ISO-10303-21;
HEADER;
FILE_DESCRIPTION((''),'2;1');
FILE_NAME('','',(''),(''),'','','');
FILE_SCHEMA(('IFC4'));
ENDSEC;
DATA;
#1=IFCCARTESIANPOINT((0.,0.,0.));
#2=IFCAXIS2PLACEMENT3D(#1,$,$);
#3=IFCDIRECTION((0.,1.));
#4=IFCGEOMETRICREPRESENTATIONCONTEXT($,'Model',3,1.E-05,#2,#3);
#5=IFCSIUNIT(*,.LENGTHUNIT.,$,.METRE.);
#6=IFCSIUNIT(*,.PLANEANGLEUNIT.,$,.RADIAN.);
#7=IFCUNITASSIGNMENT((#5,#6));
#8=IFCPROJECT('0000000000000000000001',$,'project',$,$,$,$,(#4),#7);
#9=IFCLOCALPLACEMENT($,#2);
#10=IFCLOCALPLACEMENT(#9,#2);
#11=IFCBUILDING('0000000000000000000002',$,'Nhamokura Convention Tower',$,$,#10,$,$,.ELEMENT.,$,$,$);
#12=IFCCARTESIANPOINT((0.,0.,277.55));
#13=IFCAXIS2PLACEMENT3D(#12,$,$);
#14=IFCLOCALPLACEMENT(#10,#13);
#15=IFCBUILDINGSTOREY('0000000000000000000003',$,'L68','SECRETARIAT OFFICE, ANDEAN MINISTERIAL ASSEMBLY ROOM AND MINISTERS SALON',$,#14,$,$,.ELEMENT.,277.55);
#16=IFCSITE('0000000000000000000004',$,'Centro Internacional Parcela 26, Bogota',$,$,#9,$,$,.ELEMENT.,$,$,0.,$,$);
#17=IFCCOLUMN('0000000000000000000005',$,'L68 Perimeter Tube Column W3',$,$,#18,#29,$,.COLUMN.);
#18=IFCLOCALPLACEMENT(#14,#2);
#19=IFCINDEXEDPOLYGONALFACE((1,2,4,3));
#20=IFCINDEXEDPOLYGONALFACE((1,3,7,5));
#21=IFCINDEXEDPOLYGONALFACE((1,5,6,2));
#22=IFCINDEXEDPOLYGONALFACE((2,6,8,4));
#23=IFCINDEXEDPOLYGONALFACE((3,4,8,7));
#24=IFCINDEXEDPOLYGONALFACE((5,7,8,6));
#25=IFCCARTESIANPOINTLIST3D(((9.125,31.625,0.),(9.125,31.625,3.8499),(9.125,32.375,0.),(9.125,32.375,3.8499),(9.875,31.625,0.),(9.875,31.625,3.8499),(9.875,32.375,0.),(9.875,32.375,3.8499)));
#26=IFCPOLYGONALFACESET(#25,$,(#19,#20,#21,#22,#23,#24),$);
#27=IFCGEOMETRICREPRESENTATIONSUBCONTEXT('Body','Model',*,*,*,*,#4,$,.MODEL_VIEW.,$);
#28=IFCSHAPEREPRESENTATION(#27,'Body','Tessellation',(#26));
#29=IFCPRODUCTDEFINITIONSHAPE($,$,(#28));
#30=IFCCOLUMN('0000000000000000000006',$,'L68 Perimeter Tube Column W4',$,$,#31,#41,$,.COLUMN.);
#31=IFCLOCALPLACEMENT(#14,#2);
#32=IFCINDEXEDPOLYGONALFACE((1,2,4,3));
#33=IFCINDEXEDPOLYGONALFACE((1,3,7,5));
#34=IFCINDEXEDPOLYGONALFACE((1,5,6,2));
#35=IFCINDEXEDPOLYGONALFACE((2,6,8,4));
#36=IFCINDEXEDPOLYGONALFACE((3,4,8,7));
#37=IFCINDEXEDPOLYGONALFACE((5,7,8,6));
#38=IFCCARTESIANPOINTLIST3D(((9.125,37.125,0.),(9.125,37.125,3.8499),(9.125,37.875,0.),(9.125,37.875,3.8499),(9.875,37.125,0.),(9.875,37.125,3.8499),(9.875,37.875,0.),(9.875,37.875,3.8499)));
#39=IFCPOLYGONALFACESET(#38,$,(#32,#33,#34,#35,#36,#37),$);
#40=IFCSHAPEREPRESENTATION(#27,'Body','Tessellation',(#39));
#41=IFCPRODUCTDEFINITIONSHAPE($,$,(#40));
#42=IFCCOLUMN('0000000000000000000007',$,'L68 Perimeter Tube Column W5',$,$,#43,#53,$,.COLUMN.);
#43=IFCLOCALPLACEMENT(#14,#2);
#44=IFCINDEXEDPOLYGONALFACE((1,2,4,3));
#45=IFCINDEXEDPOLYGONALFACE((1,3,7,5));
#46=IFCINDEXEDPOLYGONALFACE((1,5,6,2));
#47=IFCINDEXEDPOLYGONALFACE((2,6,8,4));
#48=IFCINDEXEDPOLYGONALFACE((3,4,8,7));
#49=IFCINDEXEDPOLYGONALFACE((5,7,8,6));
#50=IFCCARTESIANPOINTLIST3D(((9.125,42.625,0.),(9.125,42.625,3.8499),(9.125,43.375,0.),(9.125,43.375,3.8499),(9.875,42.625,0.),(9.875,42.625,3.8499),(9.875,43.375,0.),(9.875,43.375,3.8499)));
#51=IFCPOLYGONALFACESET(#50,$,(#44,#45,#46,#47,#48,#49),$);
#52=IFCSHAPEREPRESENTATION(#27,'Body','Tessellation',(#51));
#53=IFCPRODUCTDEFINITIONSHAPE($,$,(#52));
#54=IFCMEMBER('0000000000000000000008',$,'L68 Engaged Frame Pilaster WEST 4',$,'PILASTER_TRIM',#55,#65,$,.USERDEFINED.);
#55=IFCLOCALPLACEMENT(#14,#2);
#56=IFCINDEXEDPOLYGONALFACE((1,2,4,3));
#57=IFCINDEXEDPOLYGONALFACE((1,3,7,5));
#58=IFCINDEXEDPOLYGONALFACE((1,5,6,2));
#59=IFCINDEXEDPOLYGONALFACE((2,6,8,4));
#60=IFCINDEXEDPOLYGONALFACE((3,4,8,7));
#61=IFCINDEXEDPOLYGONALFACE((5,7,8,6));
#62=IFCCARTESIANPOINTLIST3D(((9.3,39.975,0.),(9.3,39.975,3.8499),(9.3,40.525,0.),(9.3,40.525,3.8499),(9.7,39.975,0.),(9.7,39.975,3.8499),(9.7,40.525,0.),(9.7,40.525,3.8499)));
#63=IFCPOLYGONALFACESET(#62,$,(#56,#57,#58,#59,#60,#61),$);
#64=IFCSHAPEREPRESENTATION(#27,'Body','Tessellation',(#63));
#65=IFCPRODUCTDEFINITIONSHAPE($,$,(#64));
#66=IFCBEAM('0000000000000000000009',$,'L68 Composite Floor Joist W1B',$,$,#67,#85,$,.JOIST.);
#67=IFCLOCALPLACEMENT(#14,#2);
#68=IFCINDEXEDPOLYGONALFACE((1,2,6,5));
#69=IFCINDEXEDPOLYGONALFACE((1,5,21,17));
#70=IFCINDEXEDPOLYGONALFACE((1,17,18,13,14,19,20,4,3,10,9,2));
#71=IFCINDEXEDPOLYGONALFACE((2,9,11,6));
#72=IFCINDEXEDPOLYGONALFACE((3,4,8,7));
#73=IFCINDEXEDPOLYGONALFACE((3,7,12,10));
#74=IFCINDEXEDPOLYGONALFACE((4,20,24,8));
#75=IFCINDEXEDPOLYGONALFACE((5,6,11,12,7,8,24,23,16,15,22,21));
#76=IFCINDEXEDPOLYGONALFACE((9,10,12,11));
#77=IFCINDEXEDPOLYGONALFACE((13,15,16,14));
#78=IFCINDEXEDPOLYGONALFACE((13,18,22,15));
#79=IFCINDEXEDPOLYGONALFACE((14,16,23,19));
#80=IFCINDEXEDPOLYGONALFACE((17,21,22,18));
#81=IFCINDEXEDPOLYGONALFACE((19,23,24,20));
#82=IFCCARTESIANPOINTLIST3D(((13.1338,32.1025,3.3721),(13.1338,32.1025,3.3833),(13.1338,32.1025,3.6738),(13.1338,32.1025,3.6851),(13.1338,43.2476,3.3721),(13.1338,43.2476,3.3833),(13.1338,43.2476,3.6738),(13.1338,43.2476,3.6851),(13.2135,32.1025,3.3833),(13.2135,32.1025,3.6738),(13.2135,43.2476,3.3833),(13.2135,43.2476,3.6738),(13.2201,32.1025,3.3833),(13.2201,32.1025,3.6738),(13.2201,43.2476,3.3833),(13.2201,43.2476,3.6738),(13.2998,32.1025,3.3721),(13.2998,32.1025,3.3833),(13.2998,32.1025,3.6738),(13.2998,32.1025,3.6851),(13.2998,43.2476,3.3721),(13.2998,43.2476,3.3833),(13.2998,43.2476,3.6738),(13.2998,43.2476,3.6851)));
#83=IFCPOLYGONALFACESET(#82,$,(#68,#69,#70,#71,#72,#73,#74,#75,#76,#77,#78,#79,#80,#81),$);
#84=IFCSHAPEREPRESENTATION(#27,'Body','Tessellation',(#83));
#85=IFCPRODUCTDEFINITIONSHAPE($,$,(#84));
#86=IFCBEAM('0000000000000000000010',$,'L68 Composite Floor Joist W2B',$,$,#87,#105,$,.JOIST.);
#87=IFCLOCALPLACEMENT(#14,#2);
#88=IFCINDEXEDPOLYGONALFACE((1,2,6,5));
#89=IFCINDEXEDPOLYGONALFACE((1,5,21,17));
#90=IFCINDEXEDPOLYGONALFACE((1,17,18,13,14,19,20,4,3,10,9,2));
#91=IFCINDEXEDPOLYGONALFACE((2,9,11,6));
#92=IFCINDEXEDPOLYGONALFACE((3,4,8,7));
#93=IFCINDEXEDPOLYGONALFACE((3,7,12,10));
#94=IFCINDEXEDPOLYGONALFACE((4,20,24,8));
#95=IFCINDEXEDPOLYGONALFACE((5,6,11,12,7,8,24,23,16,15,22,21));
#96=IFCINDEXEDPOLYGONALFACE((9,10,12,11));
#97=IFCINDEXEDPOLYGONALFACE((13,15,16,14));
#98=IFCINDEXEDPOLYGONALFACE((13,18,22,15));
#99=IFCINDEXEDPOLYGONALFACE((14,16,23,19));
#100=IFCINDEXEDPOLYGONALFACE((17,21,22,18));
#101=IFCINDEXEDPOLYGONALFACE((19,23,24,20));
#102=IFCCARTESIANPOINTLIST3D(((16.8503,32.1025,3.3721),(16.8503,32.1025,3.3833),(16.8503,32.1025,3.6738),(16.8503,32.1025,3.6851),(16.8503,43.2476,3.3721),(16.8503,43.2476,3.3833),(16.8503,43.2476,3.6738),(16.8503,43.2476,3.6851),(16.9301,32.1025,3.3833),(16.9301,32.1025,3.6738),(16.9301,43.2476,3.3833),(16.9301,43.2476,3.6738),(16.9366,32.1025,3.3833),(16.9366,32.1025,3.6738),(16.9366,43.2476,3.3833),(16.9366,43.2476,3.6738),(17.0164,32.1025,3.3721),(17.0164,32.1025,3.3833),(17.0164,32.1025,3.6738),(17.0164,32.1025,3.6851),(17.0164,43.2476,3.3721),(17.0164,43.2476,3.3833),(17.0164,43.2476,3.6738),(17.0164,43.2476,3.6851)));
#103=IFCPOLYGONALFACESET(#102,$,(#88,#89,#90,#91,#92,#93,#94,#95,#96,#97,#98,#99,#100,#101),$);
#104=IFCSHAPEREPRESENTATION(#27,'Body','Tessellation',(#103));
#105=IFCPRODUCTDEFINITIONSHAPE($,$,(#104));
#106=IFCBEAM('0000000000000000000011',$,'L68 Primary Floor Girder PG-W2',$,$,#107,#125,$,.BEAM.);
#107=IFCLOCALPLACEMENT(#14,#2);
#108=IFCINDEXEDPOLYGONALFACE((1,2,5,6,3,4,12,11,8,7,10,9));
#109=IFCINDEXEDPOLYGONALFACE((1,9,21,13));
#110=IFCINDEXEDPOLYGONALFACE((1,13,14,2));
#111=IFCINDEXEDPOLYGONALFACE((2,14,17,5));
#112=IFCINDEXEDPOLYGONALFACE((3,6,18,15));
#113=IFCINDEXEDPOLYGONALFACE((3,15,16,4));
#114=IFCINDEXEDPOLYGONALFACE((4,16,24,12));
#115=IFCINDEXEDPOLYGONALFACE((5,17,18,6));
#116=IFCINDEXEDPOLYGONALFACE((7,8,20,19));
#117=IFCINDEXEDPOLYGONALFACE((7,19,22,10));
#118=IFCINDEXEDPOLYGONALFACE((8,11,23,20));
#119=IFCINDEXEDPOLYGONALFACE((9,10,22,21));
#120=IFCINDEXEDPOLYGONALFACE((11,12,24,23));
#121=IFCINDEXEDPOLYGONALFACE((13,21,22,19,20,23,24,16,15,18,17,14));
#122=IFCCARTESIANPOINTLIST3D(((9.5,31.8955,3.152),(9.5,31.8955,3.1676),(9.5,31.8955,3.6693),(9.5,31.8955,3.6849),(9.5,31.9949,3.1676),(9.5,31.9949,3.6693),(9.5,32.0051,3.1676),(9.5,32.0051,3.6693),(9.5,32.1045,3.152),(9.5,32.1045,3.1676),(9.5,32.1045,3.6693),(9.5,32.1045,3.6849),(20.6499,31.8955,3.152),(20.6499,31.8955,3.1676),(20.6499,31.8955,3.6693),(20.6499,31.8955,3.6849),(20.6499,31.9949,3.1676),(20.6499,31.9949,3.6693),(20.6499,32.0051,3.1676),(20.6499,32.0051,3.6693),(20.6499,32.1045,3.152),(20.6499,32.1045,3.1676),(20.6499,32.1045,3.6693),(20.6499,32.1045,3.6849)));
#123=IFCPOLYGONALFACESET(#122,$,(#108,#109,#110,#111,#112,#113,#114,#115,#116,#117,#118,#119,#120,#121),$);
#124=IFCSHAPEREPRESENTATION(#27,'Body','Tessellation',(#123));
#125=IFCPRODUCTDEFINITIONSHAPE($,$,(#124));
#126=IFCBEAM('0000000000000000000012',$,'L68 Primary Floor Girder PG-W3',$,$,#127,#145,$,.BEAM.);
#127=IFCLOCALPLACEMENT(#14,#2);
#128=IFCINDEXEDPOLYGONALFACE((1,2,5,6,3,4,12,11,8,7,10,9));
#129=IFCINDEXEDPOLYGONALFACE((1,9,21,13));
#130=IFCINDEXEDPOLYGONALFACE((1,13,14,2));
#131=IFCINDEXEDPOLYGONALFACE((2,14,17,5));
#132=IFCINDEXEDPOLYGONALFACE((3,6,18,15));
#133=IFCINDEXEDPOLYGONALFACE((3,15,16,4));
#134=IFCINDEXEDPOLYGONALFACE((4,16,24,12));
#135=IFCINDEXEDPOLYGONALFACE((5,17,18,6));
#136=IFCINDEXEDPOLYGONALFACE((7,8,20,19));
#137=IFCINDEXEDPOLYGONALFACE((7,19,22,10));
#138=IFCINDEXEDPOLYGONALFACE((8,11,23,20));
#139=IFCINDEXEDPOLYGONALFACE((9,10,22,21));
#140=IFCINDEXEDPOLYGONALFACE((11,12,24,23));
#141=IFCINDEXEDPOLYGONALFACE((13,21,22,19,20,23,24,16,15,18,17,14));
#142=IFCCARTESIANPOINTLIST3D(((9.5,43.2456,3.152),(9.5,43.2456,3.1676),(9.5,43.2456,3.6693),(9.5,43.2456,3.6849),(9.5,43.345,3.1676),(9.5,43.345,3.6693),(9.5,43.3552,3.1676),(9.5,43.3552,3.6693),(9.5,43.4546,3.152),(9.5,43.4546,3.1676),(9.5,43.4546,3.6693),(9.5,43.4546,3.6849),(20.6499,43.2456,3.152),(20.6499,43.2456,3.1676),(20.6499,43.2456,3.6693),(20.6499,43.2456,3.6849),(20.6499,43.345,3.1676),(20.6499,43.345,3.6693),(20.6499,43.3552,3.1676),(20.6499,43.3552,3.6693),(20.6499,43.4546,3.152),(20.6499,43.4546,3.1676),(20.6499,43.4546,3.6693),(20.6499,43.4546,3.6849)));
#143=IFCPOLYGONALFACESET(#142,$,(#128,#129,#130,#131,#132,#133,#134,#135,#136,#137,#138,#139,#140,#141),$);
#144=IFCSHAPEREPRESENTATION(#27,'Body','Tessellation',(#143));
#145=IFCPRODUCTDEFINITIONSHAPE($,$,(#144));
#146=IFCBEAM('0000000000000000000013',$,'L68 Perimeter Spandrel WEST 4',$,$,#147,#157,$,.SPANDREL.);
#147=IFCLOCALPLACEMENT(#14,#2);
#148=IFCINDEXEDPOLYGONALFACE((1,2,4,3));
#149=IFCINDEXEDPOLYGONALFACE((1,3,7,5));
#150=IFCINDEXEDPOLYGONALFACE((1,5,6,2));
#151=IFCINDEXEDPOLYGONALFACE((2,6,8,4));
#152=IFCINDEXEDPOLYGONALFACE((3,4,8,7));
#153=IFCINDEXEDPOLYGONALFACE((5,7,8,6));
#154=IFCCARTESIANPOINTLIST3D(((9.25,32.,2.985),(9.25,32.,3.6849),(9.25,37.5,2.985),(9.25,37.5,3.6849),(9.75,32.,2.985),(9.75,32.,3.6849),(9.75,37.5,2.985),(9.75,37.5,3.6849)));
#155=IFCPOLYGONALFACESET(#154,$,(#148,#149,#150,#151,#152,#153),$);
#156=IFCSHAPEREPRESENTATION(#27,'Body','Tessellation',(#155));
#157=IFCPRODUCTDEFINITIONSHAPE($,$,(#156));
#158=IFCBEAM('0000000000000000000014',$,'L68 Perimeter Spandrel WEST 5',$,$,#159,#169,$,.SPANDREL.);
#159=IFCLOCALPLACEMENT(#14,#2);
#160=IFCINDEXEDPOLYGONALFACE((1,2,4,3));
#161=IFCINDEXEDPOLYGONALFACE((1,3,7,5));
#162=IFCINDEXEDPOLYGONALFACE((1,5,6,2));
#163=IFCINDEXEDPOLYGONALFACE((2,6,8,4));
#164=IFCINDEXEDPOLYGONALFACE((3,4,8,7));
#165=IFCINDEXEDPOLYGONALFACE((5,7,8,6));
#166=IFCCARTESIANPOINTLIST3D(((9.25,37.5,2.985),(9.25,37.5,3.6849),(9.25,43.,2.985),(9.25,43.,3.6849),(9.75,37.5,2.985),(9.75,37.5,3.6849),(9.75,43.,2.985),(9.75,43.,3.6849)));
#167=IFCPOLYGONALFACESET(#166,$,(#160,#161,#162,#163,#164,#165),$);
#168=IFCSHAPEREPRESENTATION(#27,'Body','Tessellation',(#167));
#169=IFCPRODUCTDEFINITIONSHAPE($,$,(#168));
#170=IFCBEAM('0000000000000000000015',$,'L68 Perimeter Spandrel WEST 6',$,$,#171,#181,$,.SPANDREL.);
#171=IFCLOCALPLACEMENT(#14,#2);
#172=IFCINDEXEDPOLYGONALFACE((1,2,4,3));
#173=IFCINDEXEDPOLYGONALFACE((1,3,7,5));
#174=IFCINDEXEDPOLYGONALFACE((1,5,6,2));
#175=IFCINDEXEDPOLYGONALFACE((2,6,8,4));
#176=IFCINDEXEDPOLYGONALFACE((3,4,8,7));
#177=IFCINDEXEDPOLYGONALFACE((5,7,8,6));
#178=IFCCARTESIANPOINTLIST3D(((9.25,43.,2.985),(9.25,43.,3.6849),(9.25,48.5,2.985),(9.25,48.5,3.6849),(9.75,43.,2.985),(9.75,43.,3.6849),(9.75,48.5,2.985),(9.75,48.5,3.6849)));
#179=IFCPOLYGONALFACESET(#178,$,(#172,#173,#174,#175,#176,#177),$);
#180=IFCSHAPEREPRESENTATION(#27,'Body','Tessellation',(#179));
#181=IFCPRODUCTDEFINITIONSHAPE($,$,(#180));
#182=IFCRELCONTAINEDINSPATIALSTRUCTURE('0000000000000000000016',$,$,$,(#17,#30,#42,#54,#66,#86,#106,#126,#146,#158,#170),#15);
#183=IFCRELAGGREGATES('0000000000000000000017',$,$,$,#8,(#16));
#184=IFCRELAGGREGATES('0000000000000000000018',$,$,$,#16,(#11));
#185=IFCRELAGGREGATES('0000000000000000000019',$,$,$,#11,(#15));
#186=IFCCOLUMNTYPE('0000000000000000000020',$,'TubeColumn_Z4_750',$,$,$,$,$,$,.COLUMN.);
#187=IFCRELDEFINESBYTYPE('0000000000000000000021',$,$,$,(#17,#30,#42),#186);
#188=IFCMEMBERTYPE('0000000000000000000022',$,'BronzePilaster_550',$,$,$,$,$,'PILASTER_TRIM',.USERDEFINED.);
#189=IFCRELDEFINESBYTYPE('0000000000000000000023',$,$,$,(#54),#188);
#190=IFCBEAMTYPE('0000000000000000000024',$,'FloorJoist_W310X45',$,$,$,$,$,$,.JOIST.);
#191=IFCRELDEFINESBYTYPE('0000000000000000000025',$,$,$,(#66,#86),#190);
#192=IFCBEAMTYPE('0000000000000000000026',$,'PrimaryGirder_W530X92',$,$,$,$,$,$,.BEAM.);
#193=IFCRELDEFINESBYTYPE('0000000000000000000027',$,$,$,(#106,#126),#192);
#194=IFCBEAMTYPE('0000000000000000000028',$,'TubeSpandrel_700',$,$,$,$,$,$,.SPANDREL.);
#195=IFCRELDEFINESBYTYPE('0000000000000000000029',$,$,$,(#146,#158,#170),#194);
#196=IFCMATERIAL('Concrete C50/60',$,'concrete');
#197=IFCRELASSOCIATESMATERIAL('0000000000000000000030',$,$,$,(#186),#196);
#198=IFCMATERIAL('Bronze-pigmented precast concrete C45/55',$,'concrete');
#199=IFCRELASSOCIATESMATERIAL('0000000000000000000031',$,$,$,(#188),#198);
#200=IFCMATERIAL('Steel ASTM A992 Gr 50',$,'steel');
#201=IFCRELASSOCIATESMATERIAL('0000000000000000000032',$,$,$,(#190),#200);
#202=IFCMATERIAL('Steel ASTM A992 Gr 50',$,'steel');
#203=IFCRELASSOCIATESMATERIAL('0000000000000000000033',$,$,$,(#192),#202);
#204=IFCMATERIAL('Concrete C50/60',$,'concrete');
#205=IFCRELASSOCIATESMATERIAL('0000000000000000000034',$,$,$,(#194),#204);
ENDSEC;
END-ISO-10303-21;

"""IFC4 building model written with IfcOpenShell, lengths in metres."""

from ifc_helpers import new_model, si_unit, direction, frame, origin, origin_2d, place, context, subcontext, project, spatial, rectangle, i_section, extrude, material, material_profile, profile_set, type_object, element, save


model = new_model("IFC4")

# Units and contexts
model_context = context("Model", 3, precision=1e-05, world=origin(), true_north=direction((0.0, 1.0)))
body_context = subcontext(model_context, "Body", "Model", "MODEL_VIEW")
ifc_project = project(units=[si_unit("LENGTHUNIT", "METRE"), si_unit("PLANEANGLEUNIT", "RADIAN")], contexts=[model_context])

# Site, building, storey
site_placement = place(None, origin())
site = spatial("IfcSite", under=ifc_project, at=site_placement, Name="Centro Internacional Parcela 26, Bogota", CompositionType="ELEMENT", RefElevation=0.0)
building_placement = place(site_placement, origin())
building = spatial("IfcBuilding", under=site, at=building_placement, Name="Nhamokura Convention Tower", CompositionType="ELEMENT")
storey_placement = place(building_placement, frame((0.0, 0.0, 277.55)))
storey = spatial("IfcBuildingStorey", under=building, at=storey_placement, Name="L68", Description="SECRETARIAT OFFICE, ANDEAN MINISTERIAL ASSEMBLY ROOM AND MINISTERS SALON", CompositionType="ELEMENT", Elevation=277.55)

# Columns
ifc_material_1 = material(Name="Concrete C50/60", Category="concrete")
ifc_material_profile_1 = material_profile(ifc_material_1, rectangle(XDim=0.75, YDim=0.75, at=origin_2d()))
ifc_profile_set_1 = profile_set([ifc_material_profile_1], Name="Concrete C50/60")
column_type = type_object("IfcColumnType", Name="TubeColumn_Z4_750", PredefinedType="COLUMN", material=ifc_profile_set_1)
for number, where, z_axis, x_axis, name in (
    (1, (9.5, 32.0, 0.0), (0.0, 0.0, 1.0), (1.0, 0.0, 0.0), "L68 Perimeter Tube Column W3"),
    (2, (9.5, 37.5, 0.0), (0.0, 0.0, 1.0), (1.0, 0.0, 0.0), "L68 Perimeter Tube Column W4"),
    (3, (9.5, 43.0, 0.0), (0.0, 0.0, 1.0), (1.0, 0.0, 0.0), "L68 Perimeter Tube Column W5"),
):
    element("IfcColumn", number, at=place(storey_placement, frame(where, z_axis=z_axis, x_axis=x_axis)), inside=storey, type_object=column_type, Name=name, PredefinedType="COLUMN", context=body_context, shape_type="SweptSolid", body=[
        extrude(rectangle(XDim=0.75, YDim=0.75, at=origin_2d()), origin(), (0.0, 0.0, 1.0), 3.8499),
    ])

# Member
ifc_material_2 = material(Name="Bronze-pigmented precast concrete C45/55", Category="concrete")
ifc_material_profile_2 = material_profile(ifc_material_2, rectangle(XDim=0.3999, YDim=0.55, at=origin_2d()))
ifc_profile_set_2 = profile_set([ifc_material_profile_2], Name="Bronze-pigmented precast concrete C45/55")
member_type = type_object("IfcMemberType", Name="BronzePilaster_550", ElementType="PILASTER_TRIM", PredefinedType="USERDEFINED", material=ifc_profile_set_2)
member_placement = place(storey_placement, frame((9.5, 40.25, 0.0), z_axis=(0.0, 0.0, 1.0), x_axis=(1.0, 0.0, 0.0)))
element("IfcMember", 4, at=member_placement, inside=storey, type_object=member_type, Name="L68 Engaged Frame Pilaster WEST 4", ObjectType="PILASTER_TRIM", PredefinedType="USERDEFINED", context=body_context, shape_type="SweptSolid", body=[
    extrude(rectangle(XDim=0.3999, YDim=0.55, at=origin_2d()), origin(), (0.0, 0.0, 1.0), 3.8499),
])

# Beams
ifc_material_3 = material(Name="Steel ASTM A992 Gr 50", Category="steel")
ifc_material_profile_3 = material_profile(ifc_material_3, i_section(OverallWidth=0.166, OverallDepth=0.313, WebThickness=0.0066, FlangeThickness=0.0112, at=origin_2d()))
ifc_profile_set_3 = profile_set([ifc_material_profile_3], Name="Steel ASTM A992 Gr 50")
beam_type_1 = type_object("IfcBeamType", Name="FloorJoist_W310X45", PredefinedType="JOIST", material=ifc_profile_set_3)
for number, where, z_axis, x_axis, name in (
    (5, (13.2168, 32.1025, 3.5286), (0.0, 1.0, 0.0), (-1.0, 0.0, 0.0), "L68 Composite Floor Joist W1B"),
    (6, (16.9333, 32.1025, 3.5286), (0.0, 1.0, 0.0), (-1.0, 0.0, 0.0), "L68 Composite Floor Joist W2B"),
):
    element("IfcBeam", number, at=place(storey_placement, frame(where, z_axis=z_axis, x_axis=x_axis)), inside=storey, type_object=beam_type_1, Name=name, PredefinedType="JOIST", context=body_context, shape_type="SweptSolid", body=[
        extrude(i_section(OverallWidth=0.166, OverallDepth=0.313, WebThickness=0.0066, FlangeThickness=0.0112, at=origin_2d()), origin(), (0.0, 0.0, 1.0), 11.145),
    ])
ifc_material_4 = material(Name="Steel ASTM A992 Gr 50", Category="steel")
ifc_material_profile_4 = material_profile(ifc_material_4, i_section(OverallWidth=0.209, OverallDepth=0.533, WebThickness=0.0103, FlangeThickness=0.0156, at=origin_2d()))
ifc_profile_set_4 = profile_set([ifc_material_profile_4], Name="Steel ASTM A992 Gr 50")
beam_type_2 = type_object("IfcBeamType", Name="PrimaryGirder_W530X92", PredefinedType="BEAM", material=ifc_profile_set_4)
for number, where, z_axis, x_axis, name in (
    (7, (9.5, 32.0, 3.4185), (1.0, 0.0, 0.0), (0.0, 1.0, 0.0), "L68 Primary Floor Girder PG-W2"),
    (8, (9.5, 43.3501, 3.4185), (1.0, 0.0, 0.0), (0.0, 1.0, 0.0), "L68 Primary Floor Girder PG-W3"),
):
    element("IfcBeam", number, at=place(storey_placement, frame(where, z_axis=z_axis, x_axis=x_axis)), inside=storey, type_object=beam_type_2, Name=name, PredefinedType="BEAM", context=body_context, shape_type="SweptSolid", body=[
        extrude(i_section(OverallWidth=0.209, OverallDepth=0.533, WebThickness=0.0103, FlangeThickness=0.0156, at=origin_2d()), origin(), (0.0, 0.0, 1.0), 11.1499),
    ])
ifc_material_5 = material(Name="Concrete C50/60", Category="concrete")
ifc_material_profile_5 = material_profile(ifc_material_5, rectangle(XDim=0.5, YDim=0.7, at=origin_2d()))
ifc_profile_set_5 = profile_set([ifc_material_profile_5], Name="Concrete C50/60")
beam_type_3 = type_object("IfcBeamType", Name="TubeSpandrel_700", PredefinedType="SPANDREL", material=ifc_profile_set_5)
for number, where, z_axis, x_axis, name in (
    (9, (9.5, 32.0, 3.335), (0.0, 1.0, 0.0), (-1.0, 0.0, 0.0), "L68 Perimeter Spandrel WEST 4"),
    (10, (9.5, 37.5, 3.335), (0.0, 1.0, 0.0), (-1.0, 0.0, 0.0), "L68 Perimeter Spandrel WEST 5"),
    (11, (9.5, 43.0, 3.335), (0.0, 1.0, 0.0), (-1.0, 0.0, 0.0), "L68 Perimeter Spandrel WEST 6"),
):
    element("IfcBeam", number, at=place(storey_placement, frame(where, z_axis=z_axis, x_axis=x_axis)), inside=storey, type_object=beam_type_3, Name=name, PredefinedType="SPANDREL", context=body_context, shape_type="SweptSolid", body=[
        extrude(rectangle(XDim=0.5, YDim=0.7, at=origin_2d()), origin(), (0.0, 0.0, 1.0), 5.5),
    ])

save(model, "model.ifc")
